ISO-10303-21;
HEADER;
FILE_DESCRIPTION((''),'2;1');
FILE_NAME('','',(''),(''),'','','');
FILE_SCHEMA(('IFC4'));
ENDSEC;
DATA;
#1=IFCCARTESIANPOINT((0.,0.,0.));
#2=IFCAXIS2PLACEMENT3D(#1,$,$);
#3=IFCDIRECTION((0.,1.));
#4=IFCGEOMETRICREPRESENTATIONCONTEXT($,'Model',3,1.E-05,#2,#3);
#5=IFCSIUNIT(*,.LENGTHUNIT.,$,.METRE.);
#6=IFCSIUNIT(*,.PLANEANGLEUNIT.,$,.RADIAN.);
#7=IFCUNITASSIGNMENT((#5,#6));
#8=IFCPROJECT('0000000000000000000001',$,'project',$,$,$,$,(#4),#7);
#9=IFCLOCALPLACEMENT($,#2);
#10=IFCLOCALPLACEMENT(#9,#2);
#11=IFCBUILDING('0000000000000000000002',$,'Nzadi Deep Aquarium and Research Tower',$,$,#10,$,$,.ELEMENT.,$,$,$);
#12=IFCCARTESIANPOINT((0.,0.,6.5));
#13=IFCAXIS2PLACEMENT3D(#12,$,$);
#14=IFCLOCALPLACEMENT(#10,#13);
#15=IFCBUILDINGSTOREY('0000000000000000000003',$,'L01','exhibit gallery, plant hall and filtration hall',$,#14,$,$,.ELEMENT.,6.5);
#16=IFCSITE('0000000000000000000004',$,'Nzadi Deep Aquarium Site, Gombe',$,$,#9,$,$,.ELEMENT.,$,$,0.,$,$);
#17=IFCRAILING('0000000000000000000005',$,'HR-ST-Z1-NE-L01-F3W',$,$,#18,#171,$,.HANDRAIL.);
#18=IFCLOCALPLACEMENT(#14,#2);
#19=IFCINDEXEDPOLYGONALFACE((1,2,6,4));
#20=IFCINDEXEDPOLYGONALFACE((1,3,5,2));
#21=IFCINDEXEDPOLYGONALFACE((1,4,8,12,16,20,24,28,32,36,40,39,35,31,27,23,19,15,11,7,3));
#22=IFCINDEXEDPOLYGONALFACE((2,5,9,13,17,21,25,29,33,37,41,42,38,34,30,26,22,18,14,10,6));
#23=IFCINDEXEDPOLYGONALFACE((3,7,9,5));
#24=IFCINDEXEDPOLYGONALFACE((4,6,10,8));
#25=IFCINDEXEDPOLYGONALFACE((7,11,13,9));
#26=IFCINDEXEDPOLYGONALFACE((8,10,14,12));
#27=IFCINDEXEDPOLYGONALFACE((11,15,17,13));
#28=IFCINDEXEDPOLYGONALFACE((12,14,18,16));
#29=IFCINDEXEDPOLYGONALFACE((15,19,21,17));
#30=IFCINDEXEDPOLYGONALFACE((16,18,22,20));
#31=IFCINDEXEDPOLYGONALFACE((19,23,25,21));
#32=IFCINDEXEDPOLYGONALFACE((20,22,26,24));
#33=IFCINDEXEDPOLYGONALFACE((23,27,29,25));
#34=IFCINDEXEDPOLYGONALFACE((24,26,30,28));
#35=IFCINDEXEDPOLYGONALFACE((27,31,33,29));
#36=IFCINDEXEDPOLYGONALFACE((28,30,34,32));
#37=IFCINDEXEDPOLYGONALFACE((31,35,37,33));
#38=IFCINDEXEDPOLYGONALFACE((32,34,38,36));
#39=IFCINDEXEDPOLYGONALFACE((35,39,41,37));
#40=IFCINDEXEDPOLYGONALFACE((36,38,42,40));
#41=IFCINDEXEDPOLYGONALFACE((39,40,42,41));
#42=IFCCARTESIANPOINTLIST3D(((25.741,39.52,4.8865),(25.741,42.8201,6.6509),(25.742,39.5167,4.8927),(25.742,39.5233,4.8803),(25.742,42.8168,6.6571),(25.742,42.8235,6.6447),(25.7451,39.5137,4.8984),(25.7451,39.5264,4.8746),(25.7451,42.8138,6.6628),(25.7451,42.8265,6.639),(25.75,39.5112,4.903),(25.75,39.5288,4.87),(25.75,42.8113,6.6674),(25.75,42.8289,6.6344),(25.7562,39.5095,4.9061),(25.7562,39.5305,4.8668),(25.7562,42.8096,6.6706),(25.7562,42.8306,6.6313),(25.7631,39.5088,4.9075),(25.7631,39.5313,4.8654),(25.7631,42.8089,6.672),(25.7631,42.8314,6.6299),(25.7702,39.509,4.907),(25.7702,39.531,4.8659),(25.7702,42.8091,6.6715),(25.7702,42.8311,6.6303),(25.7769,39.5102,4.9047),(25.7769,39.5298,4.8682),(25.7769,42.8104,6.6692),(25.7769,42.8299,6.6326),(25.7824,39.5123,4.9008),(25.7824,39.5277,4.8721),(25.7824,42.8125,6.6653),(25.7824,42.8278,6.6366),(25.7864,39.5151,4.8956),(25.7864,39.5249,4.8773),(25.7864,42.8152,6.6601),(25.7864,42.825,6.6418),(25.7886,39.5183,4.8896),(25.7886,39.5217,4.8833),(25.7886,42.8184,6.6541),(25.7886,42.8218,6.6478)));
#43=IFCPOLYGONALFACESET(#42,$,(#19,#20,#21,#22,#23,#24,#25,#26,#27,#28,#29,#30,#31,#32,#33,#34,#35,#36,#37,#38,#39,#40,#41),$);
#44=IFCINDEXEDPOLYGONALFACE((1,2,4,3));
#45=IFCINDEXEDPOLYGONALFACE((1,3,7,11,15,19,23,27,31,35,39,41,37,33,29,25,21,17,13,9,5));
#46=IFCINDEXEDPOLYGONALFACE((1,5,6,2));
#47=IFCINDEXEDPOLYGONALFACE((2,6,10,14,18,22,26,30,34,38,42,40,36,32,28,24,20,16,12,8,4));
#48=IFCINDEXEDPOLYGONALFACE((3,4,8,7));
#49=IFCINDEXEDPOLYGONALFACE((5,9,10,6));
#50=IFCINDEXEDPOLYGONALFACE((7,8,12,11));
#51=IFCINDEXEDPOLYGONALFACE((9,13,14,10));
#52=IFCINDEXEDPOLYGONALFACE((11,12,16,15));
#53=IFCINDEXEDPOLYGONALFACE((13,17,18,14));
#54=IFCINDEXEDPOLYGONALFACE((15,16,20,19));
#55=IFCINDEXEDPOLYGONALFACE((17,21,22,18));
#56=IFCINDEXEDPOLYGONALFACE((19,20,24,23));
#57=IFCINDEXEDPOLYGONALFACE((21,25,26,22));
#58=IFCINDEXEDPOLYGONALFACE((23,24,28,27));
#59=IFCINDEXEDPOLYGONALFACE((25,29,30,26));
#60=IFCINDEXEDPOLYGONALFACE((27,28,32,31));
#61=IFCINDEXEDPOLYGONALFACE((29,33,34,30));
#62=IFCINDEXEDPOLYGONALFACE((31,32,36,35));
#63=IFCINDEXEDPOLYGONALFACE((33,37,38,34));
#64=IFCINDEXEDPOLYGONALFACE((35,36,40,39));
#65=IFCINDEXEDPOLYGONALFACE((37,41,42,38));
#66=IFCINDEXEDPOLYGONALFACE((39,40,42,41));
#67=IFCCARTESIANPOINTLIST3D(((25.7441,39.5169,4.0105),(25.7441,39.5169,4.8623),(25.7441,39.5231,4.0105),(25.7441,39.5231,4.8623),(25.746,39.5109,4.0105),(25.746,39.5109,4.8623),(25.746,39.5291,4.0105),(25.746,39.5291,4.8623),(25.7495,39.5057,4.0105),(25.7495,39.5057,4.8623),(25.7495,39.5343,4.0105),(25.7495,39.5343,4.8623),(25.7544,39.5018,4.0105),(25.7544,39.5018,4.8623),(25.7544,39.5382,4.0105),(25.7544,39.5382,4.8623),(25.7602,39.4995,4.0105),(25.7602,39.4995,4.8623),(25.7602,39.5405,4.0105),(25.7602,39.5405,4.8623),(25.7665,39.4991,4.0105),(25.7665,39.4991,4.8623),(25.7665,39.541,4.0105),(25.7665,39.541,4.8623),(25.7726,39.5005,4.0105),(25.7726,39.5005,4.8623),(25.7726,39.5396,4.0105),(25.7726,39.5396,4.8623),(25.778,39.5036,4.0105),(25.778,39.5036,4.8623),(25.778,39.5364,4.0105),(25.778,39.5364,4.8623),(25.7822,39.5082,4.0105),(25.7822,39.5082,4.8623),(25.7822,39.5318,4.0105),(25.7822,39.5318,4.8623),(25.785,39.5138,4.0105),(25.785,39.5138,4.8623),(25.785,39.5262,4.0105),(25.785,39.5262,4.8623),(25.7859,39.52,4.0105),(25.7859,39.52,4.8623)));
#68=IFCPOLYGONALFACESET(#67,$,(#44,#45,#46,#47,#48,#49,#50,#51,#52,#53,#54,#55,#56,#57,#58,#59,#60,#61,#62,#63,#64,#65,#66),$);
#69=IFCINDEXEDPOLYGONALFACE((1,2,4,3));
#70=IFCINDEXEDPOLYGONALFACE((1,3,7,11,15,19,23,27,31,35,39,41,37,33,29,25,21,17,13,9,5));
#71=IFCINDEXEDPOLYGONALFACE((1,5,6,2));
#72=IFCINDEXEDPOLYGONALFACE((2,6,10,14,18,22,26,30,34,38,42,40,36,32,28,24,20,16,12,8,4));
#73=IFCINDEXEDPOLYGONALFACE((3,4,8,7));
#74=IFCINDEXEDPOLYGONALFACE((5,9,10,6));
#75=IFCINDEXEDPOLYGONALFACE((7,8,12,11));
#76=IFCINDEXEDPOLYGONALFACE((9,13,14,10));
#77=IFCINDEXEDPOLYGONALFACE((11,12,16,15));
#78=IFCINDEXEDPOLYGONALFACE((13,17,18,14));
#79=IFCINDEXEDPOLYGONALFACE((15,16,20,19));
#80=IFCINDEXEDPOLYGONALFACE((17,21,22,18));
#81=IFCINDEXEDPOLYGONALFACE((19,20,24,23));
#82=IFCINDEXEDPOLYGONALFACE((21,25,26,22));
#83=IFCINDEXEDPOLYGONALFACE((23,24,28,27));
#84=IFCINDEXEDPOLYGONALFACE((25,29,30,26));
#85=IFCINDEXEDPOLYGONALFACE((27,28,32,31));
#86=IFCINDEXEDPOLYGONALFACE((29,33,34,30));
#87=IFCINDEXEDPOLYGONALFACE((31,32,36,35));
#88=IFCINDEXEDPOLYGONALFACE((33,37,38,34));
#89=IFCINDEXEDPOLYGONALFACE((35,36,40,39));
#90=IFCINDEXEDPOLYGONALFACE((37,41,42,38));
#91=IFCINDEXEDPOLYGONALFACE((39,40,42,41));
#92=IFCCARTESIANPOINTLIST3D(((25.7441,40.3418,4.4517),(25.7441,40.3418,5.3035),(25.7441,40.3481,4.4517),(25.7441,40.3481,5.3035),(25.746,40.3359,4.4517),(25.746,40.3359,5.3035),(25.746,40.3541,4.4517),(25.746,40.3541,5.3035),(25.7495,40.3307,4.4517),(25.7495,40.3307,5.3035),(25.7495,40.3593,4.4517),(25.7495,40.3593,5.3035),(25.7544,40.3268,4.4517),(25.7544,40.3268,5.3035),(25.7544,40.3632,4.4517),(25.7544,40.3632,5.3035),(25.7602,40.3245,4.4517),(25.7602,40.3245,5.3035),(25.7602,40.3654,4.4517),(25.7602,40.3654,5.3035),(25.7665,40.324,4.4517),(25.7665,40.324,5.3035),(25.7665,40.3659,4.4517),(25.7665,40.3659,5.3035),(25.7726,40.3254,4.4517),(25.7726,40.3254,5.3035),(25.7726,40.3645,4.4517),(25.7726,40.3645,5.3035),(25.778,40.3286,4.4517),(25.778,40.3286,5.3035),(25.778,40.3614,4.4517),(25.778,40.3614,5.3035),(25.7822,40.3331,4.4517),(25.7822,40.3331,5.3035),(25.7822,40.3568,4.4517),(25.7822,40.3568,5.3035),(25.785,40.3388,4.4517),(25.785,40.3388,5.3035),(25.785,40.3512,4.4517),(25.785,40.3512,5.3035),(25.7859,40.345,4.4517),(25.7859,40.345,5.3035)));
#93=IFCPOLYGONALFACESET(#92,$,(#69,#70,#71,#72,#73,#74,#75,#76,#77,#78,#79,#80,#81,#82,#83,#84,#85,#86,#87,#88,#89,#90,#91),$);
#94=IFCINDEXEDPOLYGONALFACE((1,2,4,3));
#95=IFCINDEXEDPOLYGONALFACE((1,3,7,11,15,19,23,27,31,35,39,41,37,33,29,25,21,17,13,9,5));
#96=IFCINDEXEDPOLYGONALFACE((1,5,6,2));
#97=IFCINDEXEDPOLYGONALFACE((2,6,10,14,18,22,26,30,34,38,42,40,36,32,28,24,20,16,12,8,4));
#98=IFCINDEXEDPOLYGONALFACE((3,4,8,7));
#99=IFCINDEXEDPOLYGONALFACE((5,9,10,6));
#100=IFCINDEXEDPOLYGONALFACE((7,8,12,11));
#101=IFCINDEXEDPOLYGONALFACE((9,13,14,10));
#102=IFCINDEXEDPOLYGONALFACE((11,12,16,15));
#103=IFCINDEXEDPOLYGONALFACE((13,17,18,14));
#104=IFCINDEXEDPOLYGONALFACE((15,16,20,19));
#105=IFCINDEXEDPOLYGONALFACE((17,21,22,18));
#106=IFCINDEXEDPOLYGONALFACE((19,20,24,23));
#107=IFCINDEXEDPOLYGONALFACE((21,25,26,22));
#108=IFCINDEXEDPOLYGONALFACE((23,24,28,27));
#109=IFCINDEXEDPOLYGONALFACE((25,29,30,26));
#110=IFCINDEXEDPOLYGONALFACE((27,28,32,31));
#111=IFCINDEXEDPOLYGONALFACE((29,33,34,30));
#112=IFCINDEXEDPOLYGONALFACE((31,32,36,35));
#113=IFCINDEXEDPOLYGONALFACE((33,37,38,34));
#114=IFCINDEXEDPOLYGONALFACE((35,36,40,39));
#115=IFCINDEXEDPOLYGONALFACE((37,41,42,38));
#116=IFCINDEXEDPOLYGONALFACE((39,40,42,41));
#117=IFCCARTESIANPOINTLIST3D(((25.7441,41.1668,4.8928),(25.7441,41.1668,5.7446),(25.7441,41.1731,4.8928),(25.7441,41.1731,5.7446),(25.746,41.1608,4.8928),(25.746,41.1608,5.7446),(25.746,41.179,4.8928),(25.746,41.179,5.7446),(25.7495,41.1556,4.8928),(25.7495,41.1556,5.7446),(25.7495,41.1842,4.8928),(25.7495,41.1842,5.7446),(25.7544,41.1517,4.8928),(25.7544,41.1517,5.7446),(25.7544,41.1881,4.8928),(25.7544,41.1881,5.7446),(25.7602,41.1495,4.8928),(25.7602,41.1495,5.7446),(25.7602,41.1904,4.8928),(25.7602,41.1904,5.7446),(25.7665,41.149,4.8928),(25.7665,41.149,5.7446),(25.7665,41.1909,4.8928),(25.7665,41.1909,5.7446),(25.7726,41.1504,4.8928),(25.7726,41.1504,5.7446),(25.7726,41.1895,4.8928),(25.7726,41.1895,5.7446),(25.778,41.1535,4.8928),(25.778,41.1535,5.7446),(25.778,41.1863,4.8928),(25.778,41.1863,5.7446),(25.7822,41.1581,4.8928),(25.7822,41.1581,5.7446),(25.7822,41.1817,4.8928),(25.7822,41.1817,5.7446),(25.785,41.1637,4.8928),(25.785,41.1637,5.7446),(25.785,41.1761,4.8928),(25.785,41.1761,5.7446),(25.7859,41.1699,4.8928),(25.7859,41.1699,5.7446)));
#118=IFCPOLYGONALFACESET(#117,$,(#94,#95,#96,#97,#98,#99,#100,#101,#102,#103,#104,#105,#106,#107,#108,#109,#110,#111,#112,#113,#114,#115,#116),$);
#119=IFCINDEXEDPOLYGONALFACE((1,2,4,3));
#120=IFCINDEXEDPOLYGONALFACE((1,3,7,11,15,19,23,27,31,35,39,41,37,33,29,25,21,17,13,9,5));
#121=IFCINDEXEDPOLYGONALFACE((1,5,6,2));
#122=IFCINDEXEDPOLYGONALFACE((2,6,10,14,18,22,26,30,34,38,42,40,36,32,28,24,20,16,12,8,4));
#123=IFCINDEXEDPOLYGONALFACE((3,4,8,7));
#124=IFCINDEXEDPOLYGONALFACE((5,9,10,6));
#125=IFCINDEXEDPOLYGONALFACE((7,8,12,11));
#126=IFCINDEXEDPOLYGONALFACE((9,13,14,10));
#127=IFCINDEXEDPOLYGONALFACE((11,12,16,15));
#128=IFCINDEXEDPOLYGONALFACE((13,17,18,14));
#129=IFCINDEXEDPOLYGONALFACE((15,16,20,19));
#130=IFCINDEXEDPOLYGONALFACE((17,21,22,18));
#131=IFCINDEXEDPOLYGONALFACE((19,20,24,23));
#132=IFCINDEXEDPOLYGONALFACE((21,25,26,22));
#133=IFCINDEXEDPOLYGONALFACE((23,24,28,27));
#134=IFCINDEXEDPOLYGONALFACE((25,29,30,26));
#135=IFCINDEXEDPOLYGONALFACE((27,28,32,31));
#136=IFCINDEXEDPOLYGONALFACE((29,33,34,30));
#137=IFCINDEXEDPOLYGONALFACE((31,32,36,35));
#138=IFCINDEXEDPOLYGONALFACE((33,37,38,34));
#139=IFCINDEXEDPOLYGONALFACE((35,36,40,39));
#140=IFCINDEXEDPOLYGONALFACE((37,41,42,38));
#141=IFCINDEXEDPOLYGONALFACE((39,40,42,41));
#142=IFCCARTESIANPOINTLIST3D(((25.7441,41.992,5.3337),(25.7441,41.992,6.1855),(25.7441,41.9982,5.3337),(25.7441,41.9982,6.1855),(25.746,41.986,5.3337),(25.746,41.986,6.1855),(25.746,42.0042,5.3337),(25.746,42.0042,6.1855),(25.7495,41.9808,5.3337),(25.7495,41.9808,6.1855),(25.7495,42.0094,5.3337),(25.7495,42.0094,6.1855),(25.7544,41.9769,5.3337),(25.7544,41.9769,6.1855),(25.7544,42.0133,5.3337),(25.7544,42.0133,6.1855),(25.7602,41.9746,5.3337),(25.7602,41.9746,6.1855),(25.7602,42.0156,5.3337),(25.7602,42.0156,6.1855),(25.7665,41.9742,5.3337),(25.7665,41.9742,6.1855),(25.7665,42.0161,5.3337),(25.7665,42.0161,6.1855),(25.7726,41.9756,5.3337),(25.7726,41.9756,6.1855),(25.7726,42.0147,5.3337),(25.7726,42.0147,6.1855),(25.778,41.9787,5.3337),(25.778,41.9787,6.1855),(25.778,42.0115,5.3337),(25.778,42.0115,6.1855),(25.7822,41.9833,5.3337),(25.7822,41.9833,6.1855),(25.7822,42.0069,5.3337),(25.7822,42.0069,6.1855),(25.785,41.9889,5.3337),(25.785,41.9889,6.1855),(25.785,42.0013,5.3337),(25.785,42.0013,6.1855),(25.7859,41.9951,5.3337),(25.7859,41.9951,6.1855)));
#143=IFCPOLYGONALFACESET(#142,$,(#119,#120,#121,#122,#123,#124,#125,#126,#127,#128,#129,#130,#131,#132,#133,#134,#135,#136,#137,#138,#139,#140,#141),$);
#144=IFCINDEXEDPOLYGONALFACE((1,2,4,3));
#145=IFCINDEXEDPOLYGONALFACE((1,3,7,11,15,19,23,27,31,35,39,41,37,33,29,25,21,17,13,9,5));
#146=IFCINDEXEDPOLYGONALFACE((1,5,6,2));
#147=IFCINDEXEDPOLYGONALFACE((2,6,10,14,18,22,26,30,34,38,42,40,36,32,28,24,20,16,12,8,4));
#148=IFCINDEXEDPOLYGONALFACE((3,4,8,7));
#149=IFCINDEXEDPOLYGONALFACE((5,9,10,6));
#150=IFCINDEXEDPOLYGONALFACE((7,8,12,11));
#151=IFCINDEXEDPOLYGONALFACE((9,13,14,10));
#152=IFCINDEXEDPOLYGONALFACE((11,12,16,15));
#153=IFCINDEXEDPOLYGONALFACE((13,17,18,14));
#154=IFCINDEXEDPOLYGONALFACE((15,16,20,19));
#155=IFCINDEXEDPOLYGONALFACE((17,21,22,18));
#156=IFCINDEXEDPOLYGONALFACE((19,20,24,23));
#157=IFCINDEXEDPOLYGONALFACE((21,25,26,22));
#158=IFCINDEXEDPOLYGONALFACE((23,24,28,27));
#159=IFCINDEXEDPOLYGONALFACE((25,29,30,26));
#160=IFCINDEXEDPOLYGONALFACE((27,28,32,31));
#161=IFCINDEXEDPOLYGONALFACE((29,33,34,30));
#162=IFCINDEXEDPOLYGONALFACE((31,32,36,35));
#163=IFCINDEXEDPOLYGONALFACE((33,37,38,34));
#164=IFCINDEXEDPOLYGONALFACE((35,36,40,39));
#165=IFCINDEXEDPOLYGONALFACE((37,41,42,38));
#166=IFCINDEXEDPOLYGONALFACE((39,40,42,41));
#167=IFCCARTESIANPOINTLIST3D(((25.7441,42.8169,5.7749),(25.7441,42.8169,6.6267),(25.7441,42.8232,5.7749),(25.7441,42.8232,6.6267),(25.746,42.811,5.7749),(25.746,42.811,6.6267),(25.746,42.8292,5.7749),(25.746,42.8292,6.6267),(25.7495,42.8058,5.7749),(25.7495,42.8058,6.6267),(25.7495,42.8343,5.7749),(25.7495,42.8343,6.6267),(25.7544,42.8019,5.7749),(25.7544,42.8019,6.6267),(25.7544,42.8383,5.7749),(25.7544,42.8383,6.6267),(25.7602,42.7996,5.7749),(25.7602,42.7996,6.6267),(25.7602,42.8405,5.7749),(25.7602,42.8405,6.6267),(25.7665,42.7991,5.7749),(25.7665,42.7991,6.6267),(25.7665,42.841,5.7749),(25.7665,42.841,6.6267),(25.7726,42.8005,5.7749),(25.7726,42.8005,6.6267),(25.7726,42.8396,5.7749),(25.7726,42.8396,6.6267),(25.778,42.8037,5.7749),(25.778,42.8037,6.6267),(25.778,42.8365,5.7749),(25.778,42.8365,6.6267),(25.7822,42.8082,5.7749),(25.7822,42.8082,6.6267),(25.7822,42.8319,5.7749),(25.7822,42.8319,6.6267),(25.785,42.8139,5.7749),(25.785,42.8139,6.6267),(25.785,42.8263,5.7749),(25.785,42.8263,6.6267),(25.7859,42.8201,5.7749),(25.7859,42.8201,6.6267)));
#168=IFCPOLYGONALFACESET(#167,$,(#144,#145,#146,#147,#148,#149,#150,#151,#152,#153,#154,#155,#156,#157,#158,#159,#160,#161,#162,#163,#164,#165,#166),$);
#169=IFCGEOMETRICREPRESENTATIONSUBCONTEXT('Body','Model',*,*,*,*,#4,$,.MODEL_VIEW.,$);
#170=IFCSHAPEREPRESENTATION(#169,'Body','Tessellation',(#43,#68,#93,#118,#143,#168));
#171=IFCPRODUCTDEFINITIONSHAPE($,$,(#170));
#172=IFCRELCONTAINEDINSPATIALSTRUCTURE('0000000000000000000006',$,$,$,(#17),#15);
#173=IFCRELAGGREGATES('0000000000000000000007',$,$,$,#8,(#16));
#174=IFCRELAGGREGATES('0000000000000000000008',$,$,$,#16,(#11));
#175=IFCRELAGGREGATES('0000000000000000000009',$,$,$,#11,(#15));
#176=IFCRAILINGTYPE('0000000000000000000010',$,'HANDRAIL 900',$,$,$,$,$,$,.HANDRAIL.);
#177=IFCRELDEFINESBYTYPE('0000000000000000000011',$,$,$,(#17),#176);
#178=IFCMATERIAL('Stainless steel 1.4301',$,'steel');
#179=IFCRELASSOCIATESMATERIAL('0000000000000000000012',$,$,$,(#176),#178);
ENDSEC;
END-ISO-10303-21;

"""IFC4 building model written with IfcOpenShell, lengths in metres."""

from ifc_helpers import new_model, si_unit, direction, frame, origin, origin_2d, place, context, subcontext, project, spatial, circle, extrude, material, type_object, element, save


model = new_model("IFC4")

# Units and contexts
model_context = context("Model", 3, precision=1e-05, world=origin(), true_north=direction((0.0, 1.0)))
body_context = subcontext(model_context, "Body", "Model", "MODEL_VIEW")
ifc_project = project(units=[si_unit("LENGTHUNIT", "METRE"), si_unit("PLANEANGLEUNIT", "RADIAN")], contexts=[model_context])

# Site, building, storey
site_placement = place(None, origin())
site = spatial("IfcSite", under=ifc_project, at=site_placement, Name="Nzadi Deep Aquarium Site, Gombe", CompositionType="ELEMENT", RefElevation=0.0)
building_placement = place(site_placement, origin())
building = spatial("IfcBuilding", under=site, at=building_placement, Name="Nzadi Deep Aquarium and Research Tower", CompositionType="ELEMENT")
storey_placement = place(building_placement, frame((0.0, 0.0, 6.5)))
storey = spatial("IfcBuildingStorey", under=building, at=storey_placement, Name="L01", Description="exhibit gallery, plant hall and filtration hall", CompositionType="ELEMENT", Elevation=6.5)

# Railing
ifc_material_1 = material(Name="Stainless steel 1.4301", Category="steel")
railing_type = type_object("IfcRailingType", Name="HANDRAIL 900", PredefinedType="HANDRAIL", material=ifc_material_1)
for number, where, name in (
    (1, (25.7649, 39.52, 4.0105), "HR-ST-Z1-NE-L01-F3W"),
):
    element("IfcRailing", number, at=place(storey_placement, frame(where)), inside=storey, type_object=railing_type, Name=name, PredefinedType="HANDRAIL", context=body_context, shape_type="SweptSolid", body=[
        extrude(circle(Radius=0.0239, at=origin_2d()), frame((0.0, 0.0, 0.876), z_axis=(0.0, 0.881867, 0.471499), x_axis=(-1.0, 0.0, 0.0)), (0.0, 0.0, 1.0), 3.7422),
        extrude(circle(Radius=0.021, at=origin_2d()), origin(), (0.0, 0.0, 1.0), 0.8518),
        extrude(circle(Radius=0.021, at=origin_2d()), frame((0.0, 0.825, 0.4412)), (0.0, 0.0, 1.0), 0.8518),
        extrude(circle(Radius=0.021, at=origin_2d()), frame((0.0, 1.6499, 0.8823)), (0.0, 0.0, 1.0), 0.8518),
        extrude(circle(Radius=0.021, at=origin_2d()), frame((0.0, 2.4751, 1.3232)), (0.0, 0.0, 1.0), 0.8518),
        extrude(circle(Radius=0.021, at=origin_2d()), frame((0.0, 3.3, 1.7644)), (0.0, 0.0, 1.0), 0.8518),
    ])

save(model, "model.ifc")
